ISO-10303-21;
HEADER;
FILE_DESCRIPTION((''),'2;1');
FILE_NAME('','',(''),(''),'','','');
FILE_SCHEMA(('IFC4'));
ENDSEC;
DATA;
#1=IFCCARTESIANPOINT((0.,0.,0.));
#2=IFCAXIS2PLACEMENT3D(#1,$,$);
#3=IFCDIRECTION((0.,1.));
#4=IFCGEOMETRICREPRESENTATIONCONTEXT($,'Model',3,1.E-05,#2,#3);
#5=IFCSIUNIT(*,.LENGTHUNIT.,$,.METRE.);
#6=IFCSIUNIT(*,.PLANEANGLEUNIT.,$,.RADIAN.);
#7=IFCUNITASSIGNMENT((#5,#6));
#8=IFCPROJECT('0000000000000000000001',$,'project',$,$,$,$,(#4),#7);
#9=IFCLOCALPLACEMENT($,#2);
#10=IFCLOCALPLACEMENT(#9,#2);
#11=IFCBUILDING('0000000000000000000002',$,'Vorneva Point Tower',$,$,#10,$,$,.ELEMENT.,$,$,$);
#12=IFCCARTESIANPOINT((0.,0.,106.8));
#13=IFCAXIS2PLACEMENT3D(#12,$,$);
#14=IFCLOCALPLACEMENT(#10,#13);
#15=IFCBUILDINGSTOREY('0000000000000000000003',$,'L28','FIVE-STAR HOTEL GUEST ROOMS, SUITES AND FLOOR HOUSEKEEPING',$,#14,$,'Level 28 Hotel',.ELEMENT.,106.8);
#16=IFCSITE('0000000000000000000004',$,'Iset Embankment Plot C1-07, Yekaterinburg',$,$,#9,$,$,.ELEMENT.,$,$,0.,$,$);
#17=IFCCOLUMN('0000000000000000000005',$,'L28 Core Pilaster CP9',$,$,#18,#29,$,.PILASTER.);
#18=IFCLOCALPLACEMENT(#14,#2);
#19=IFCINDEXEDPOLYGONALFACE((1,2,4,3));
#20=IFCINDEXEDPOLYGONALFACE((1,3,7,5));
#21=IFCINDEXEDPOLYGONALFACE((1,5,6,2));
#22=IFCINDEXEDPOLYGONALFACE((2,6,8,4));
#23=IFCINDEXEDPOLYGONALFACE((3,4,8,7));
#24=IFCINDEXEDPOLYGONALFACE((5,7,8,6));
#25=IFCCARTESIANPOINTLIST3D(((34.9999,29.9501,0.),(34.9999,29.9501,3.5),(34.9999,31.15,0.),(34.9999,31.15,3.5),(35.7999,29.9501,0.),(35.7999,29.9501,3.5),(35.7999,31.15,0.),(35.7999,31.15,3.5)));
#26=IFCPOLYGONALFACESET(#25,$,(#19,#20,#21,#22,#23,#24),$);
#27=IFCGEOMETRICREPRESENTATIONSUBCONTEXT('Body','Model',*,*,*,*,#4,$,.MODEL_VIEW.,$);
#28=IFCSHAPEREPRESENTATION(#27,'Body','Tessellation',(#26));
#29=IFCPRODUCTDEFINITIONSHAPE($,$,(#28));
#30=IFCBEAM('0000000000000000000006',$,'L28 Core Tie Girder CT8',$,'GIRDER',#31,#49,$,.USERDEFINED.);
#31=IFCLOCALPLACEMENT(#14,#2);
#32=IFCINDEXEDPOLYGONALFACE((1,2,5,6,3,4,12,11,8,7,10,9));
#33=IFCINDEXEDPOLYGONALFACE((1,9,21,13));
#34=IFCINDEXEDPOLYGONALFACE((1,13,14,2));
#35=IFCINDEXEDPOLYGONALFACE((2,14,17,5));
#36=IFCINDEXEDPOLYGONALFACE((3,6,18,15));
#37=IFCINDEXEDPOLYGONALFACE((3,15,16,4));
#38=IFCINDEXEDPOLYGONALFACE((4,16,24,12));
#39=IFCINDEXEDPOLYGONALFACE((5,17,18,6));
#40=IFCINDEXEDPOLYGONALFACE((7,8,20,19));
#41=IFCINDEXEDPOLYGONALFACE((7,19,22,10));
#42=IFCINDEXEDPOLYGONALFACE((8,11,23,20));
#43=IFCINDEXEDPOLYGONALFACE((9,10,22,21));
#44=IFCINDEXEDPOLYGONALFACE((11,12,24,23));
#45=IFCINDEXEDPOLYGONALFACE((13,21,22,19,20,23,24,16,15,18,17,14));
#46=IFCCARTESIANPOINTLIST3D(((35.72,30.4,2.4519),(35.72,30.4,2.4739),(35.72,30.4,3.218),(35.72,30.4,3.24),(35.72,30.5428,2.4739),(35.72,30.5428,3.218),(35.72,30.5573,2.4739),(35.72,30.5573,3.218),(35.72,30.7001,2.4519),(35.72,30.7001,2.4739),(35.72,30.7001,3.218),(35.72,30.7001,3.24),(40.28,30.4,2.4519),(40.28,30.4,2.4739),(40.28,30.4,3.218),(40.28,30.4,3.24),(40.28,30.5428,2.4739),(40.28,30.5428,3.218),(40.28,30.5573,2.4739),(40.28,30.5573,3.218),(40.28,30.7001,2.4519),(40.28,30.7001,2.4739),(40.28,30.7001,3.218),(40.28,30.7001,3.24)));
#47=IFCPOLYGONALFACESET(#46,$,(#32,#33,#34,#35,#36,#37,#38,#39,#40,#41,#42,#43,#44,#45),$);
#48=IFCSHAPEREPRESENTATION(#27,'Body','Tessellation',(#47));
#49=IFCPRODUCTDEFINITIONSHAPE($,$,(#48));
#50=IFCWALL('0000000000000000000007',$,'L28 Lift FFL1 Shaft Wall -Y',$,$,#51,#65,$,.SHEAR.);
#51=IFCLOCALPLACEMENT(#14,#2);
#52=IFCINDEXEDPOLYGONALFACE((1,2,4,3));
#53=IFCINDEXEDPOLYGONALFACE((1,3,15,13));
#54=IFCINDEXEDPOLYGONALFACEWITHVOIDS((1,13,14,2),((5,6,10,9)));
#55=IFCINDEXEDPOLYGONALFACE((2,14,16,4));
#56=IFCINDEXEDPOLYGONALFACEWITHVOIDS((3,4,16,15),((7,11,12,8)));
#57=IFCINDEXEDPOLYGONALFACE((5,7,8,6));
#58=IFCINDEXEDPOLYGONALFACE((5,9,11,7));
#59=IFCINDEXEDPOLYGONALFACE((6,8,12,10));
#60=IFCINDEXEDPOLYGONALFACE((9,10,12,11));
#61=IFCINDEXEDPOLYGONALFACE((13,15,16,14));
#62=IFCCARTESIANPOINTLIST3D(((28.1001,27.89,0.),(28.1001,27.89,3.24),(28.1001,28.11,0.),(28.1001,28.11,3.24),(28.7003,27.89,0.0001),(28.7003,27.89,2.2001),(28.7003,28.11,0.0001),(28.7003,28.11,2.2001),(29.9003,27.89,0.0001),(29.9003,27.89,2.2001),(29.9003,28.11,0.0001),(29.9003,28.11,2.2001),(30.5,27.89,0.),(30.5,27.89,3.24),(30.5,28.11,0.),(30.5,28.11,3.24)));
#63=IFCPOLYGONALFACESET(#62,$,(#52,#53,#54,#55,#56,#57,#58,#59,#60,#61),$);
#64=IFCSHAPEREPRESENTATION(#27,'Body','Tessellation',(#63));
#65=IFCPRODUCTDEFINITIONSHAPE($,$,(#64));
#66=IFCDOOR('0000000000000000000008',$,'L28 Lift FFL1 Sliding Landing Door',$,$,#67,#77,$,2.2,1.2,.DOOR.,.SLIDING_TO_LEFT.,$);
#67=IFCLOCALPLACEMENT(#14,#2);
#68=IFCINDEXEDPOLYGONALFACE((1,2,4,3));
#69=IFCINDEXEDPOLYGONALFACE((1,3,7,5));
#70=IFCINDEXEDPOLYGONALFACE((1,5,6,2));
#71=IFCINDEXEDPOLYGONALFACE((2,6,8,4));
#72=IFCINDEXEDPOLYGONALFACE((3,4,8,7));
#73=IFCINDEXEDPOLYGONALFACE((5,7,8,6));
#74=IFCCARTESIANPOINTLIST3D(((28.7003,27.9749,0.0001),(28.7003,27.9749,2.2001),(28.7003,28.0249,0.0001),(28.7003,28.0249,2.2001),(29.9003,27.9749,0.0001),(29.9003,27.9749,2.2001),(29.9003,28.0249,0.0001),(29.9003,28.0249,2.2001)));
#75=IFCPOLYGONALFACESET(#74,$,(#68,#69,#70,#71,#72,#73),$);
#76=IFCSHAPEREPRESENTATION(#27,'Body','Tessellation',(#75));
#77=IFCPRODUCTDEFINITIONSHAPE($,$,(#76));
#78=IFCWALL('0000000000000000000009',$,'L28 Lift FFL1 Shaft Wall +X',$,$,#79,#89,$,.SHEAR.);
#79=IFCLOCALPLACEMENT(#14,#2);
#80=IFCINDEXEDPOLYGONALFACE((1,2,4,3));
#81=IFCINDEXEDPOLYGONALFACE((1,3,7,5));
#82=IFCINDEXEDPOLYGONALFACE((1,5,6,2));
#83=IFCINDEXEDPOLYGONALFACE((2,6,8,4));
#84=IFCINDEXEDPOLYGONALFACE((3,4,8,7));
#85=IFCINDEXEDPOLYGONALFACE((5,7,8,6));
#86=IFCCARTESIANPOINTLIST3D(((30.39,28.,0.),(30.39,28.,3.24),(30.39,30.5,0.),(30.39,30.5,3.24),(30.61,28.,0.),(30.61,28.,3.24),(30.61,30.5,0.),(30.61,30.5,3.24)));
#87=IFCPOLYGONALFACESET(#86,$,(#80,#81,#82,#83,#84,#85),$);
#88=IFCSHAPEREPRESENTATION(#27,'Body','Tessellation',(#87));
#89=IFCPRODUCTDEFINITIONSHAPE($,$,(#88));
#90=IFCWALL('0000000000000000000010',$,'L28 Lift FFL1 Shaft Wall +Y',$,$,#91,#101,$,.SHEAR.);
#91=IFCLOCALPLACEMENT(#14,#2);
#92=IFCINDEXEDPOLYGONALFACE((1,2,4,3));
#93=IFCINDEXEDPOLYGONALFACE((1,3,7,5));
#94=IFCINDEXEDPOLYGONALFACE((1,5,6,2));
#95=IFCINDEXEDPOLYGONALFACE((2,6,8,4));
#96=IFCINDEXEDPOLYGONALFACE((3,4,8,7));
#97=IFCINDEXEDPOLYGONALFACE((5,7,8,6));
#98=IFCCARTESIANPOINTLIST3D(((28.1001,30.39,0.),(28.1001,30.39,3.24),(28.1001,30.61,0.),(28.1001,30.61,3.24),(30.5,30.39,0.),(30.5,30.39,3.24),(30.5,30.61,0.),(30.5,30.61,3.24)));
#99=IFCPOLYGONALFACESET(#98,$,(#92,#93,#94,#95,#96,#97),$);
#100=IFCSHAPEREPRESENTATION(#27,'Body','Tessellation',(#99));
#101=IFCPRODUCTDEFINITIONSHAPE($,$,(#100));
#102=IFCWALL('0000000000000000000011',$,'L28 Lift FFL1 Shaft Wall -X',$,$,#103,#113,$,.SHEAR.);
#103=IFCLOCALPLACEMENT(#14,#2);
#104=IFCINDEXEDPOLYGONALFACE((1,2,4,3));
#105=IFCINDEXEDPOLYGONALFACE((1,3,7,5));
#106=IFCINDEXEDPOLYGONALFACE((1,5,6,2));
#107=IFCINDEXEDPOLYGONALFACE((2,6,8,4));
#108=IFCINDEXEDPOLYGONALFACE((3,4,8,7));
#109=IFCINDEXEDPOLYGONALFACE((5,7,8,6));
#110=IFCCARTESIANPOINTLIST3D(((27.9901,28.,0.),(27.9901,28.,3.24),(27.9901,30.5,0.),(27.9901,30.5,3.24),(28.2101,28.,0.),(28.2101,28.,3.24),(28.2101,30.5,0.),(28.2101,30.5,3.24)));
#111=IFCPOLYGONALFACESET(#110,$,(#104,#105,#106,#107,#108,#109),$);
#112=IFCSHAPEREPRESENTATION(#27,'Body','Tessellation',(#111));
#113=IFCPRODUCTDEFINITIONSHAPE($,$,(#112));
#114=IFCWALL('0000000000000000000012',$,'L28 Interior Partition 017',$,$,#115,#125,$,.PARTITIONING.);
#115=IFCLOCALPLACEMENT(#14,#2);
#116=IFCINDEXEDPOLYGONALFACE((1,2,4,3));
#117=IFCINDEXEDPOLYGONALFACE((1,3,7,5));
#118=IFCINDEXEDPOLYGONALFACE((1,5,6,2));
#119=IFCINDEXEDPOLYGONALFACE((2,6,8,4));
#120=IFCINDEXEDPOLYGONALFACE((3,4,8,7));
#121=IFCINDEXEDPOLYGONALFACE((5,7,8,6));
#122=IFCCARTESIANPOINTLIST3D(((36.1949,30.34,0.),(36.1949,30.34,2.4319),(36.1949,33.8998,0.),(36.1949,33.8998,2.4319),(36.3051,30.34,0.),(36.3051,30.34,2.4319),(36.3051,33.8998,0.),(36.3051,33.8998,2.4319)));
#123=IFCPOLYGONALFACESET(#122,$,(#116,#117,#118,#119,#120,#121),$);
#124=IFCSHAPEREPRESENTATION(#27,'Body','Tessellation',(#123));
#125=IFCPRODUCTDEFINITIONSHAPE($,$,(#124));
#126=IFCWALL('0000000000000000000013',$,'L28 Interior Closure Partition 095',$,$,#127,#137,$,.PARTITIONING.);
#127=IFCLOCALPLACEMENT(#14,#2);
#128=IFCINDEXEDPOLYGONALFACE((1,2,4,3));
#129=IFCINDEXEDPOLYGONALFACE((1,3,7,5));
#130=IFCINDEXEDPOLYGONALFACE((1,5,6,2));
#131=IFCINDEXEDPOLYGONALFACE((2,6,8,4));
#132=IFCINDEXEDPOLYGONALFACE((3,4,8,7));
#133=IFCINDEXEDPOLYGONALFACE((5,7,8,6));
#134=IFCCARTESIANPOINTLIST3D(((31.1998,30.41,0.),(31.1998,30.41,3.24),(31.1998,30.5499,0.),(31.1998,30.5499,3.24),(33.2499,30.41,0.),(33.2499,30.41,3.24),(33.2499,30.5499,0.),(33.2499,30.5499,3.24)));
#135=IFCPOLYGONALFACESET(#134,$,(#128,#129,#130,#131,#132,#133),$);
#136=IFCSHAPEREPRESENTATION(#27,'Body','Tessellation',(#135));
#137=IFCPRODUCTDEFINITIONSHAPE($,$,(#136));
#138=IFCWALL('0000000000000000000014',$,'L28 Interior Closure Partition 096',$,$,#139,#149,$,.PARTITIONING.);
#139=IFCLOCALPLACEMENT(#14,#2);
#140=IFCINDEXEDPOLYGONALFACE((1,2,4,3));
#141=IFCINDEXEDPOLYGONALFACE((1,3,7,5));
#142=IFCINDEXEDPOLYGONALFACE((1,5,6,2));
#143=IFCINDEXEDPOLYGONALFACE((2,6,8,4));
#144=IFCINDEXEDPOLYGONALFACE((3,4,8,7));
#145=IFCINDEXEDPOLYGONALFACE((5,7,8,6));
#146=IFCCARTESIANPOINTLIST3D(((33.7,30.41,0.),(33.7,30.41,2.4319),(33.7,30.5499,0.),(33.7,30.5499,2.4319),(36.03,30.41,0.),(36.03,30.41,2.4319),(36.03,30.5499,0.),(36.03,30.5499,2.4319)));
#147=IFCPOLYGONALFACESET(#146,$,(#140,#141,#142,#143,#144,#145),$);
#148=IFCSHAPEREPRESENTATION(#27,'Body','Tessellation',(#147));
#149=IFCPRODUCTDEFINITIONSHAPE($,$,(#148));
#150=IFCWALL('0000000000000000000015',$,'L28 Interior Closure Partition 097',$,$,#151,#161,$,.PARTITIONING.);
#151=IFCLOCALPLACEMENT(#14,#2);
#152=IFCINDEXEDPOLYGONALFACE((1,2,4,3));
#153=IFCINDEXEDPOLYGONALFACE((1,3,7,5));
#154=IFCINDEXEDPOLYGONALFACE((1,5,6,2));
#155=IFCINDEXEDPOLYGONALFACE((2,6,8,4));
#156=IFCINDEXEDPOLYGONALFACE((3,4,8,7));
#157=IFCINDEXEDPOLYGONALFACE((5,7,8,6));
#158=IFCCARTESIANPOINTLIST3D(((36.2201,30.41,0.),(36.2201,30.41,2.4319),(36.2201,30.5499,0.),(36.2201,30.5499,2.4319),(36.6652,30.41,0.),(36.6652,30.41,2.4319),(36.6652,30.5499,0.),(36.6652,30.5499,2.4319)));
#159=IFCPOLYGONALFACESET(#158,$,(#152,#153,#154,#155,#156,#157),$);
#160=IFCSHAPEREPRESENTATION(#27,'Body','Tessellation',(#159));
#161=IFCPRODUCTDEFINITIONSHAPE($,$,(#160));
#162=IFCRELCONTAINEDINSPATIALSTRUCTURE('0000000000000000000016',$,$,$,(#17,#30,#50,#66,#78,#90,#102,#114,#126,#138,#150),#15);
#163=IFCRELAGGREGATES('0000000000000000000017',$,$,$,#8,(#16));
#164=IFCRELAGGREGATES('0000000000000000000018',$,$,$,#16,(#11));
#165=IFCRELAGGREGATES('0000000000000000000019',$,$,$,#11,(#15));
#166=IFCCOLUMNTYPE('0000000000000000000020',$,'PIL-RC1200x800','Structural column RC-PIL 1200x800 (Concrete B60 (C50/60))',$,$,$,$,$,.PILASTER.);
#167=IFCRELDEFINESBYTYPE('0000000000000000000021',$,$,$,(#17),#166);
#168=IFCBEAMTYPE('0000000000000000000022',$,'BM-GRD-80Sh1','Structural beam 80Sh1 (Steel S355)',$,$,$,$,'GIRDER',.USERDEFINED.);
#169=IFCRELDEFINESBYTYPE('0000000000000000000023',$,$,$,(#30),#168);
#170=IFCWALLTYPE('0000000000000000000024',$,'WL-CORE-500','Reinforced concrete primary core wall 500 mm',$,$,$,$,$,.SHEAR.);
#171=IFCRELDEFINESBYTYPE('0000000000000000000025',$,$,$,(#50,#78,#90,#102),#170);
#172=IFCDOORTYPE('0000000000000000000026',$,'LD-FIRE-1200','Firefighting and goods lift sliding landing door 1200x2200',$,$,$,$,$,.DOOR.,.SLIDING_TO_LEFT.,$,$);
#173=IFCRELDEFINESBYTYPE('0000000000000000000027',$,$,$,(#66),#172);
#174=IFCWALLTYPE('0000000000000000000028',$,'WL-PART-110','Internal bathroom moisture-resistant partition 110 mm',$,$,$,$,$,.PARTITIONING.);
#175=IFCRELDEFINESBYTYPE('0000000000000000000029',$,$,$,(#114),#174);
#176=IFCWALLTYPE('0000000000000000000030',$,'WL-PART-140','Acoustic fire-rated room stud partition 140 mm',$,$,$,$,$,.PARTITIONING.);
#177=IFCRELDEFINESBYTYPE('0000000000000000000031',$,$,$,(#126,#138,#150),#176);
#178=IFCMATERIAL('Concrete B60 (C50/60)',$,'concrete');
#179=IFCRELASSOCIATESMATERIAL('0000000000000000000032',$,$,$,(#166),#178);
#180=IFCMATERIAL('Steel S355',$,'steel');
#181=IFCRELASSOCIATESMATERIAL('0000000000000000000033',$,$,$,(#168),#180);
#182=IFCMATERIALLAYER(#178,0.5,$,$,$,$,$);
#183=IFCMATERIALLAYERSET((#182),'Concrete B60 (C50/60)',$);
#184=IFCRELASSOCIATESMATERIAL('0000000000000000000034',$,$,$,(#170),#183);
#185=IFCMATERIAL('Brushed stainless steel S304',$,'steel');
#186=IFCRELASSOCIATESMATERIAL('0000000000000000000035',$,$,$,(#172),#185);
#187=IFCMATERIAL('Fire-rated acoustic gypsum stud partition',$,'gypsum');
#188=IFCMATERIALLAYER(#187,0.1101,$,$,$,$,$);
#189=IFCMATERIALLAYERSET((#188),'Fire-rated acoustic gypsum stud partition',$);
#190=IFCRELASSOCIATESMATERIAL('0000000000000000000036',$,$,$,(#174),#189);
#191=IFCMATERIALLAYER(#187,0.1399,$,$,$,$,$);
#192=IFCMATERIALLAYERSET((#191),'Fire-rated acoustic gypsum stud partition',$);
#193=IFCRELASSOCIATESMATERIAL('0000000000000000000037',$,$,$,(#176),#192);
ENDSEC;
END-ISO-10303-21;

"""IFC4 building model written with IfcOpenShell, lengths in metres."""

from ifc_helpers import new_model, si_unit, direction, frame, frame_2d, origin, origin_2d, place, context, subcontext, project, spatial, rectangle, i_section, extrude, material, layer, layer_set, material_profile, profile_set, type_object, element, fill, save


model = new_model("IFC4")

# Units and contexts
model_context = context("Model", 3, precision=1e-05, world=origin(), true_north=direction((0.0, 1.0)))
body_context = subcontext(model_context, "Body", "Model", "MODEL_VIEW")
ifc_project = project(units=[si_unit("LENGTHUNIT", "METRE"), si_unit("PLANEANGLEUNIT", "RADIAN")], contexts=[model_context])

# Site, building, storey
site_placement = place(None, origin())
site = spatial("IfcSite", under=ifc_project, at=site_placement, Name="Iset Embankment Plot C1-07, Yekaterinburg", CompositionType="ELEMENT", RefElevation=0.0)
building_placement = place(site_placement, origin())
building = spatial("IfcBuilding", under=site, at=building_placement, Name="Vorneva Point Tower", CompositionType="ELEMENT")
storey_placement = place(building_placement, frame((0.0, 0.0, 106.8)))
storey = spatial("IfcBuildingStorey", under=building, at=storey_placement, Name="L28", Description="FIVE-STAR HOTEL GUEST ROOMS, SUITES AND FLOOR HOUSEKEEPING", LongName="Level 28 Hotel", CompositionType="ELEMENT", Elevation=106.8)

# Column
ifc_material_1 = material(Name="Concrete B60 (C50/60)", Category="concrete")
ifc_material_profile_1 = material_profile(ifc_material_1, rectangle(XDim=0.8, YDim=1.2, at=origin_2d()), Name="RC-PIL 1200x800")
ifc_profile_set_1 = profile_set([ifc_material_profile_1], Name="Concrete B60 (C50/60)")
column_type = type_object("IfcColumnType", Name="PIL-RC1200x800", Description="Structural column RC-PIL 1200x800 (Concrete B60 (C50/60))", PredefinedType="PILASTER", material=ifc_profile_set_1)
column_placement = place(storey_placement, frame((35.3999, 30.55, 0.0), z_axis=(0.0, 0.0, 1.0), x_axis=(1.0, 0.0, 0.0)))
element("IfcColumn", 1, at=column_placement, inside=storey, type_object=column_type, Name="L28 Core Pilaster CP9", PredefinedType="PILASTER", context=body_context, shape_type="SweptSolid", body=[
    extrude(rectangle(XDim=0.8, YDim=1.2, at=origin_2d()), origin(), (0.0, 0.0, 1.0), 3.5),
])

# Beam
ifc_material_2 = material(Name="Steel S355", Category="steel")
ifc_material_profile_2 = material_profile(ifc_material_2, i_section(OverallWidth=0.3, OverallDepth=0.7881, WebThickness=0.0144, FlangeThickness=0.022, at=origin_2d()), Name="80Sh1")
ifc_profile_set_2 = profile_set([ifc_material_profile_2], Name="Steel S355")
beam_type = type_object("IfcBeamType", Name="BM-GRD-80Sh1", Description="Structural beam 80Sh1 (Steel S355)", ElementType="GIRDER", PredefinedType="USERDEFINED", material=ifc_profile_set_2)
beam_placement = place(storey_placement, frame((35.72, 30.55, 2.8459), z_axis=(1.0, 0.0, 0.0), x_axis=(0.0, 1.0, 0.0)))
element("IfcBeam", 2, at=beam_placement, inside=storey, type_object=beam_type, Name="L28 Core Tie Girder CT8", ObjectType="GIRDER", PredefinedType="USERDEFINED", context=body_context, shape_type="SweptSolid", body=[
    extrude(i_section(OverallWidth=0.3, OverallDepth=0.7881, WebThickness=0.0144, FlangeThickness=0.022, at=origin_2d()), origin(), (0.0, 0.0, 1.0), 4.5601),
])

# Wall, opening, door
ifc_layer_1 = layer(ifc_material_1, 0.5)
ifc_layer_set_1 = layer_set([ifc_layer_1], Name="Concrete B60 (C50/60)")
wall_type_1 = type_object("IfcWallType", Name="WL-CORE-500", Description="Reinforced concrete primary core wall 500 mm", PredefinedType="SHEAR", material=ifc_layer_set_1)
wall_1_placement = place(storey_placement, frame((28.1001, 28.0, 0.0), z_axis=(0.0, 0.0, 1.0), x_axis=(1.0, 0.0, 0.0)))
wall_1 = element("IfcWall", 3, at=wall_1_placement, inside=storey, type_object=wall_type_1, Name="L28 Lift FFL1 Shaft Wall -Y", PredefinedType="SHEAR", context=body_context, shape_type="SweptSolid", body=[
    extrude(rectangle(XDim=2.3999, YDim=0.22, at=frame_2d((1.2, 0.0))), origin(), (0.0, 0.0, 1.0), 3.24),
])
opening_1_placement = place(wall_1_placement, frame((0.6001, 0.0, 0.0)))
opening_1 = element("IfcOpeningElement", 4, at=opening_1_placement, cuts=wall_1, PredefinedType="OPENING", context=body_context, shape_type="SweptSolid", body=[
    extrude(rectangle(XDim=1.2, YDim=2.2, at=frame_2d((0.6001, 1.1001))), frame((0.0, 0.125, 0.0), z_axis=(0.0, -1.0, 0.0), x_axis=(1.0, 0.0, 0.0)), (0.0, 0.0, 1.0), 0.2498),
])
ifc_material_3 = material(Name="Brushed stainless steel S304", Category="steel")
door_type_1 = type_object("IfcDoorType", Name="LD-FIRE-1200", Description="Firefighting and goods lift sliding landing door 1200x2200", OperationType="SLIDING_TO_LEFT", PredefinedType="DOOR", material=ifc_material_3)
door_1_placement = place(opening_1_placement, origin())
door_1 = element("IfcDoor", 5, at=door_1_placement, inside=storey, type_object=door_type_1, Name="L28 Lift FFL1 Sliding Landing Door", OperationType="SLIDING_TO_LEFT", OverallHeight=2.2, OverallWidth=1.2, PredefinedType="DOOR", context=body_context, shape_type="SweptSolid", body=[
    extrude(rectangle(XDim=1.2, YDim=2.2, at=frame_2d((0.6001, 1.1001))), frame((0.0, 0.0249, 0.0), z_axis=(0.0, -1.0, 0.0), x_axis=(1.0, 0.0, 0.0)), (0.0, 0.0, 1.0), 0.05),
])
fill(opening_1, door_1)

# Walls
wall_2_placement = place(storey_placement, frame((30.5, 28.0, 0.0), z_axis=(0.0, 0.0, 1.0), x_axis=(0.0, 1.0, 0.0)))
element("IfcWall", 6, at=wall_2_placement, inside=storey, type_object=wall_type_1, Name="L28 Lift FFL1 Shaft Wall +X", PredefinedType="SHEAR", context=body_context, shape_type="SweptSolid", body=[
    extrude(rectangle(XDim=2.5, YDim=0.22, at=frame_2d((1.25, 0.0))), origin(), (0.0, 0.0, 1.0), 3.24),
])
wall_3_placement = place(storey_placement, frame((30.5, 30.5, 0.0), z_axis=(0.0, 0.0, 1.0), x_axis=(-1.0, 0.0, 0.0)))
element("IfcWall", 7, at=wall_3_placement, inside=storey, type_object=wall_type_1, Name="L28 Lift FFL1 Shaft Wall +Y", PredefinedType="SHEAR", context=body_context, shape_type="SweptSolid", body=[
    extrude(rectangle(XDim=2.3999, YDim=0.22, at=frame_2d((1.2, 0.0))), origin(), (0.0, 0.0, 1.0), 3.24),
])
wall_4_placement = place(storey_placement, frame((28.1001, 30.5, 0.0), z_axis=(0.0, 0.0, 1.0), x_axis=(0.0, -1.0, 0.0)))
element("IfcWall", 8, at=wall_4_placement, inside=storey, type_object=wall_type_1, Name="L28 Lift FFL1 Shaft Wall -X", PredefinedType="SHEAR", context=body_context, shape_type="SweptSolid", body=[
    extrude(rectangle(XDim=2.5, YDim=0.22, at=frame_2d((1.25, 0.0))), origin(), (0.0, 0.0, 1.0), 3.24),
])
ifc_material_4 = material(Name="Fire-rated acoustic gypsum stud partition", Category="gypsum")
ifc_layer_2 = layer(ifc_material_4, 0.1101)
ifc_layer_set_2 = layer_set([ifc_layer_2], Name="Fire-rated acoustic gypsum stud partition")
wall_type_2 = type_object("IfcWallType", Name="WL-PART-110", Description="Internal bathroom moisture-resistant partition 110 mm", PredefinedType="PARTITIONING", material=ifc_layer_set_2)
wall_5_placement = place(storey_placement, frame((36.25, 30.3401, 0.0), z_axis=(0.0, 0.0, 1.0), x_axis=(0.0, 1.0, 0.0)))
element("IfcWall", 9, at=wall_5_placement, inside=storey, type_object=wall_type_2, Name="L28 Interior Partition 017", PredefinedType="PARTITIONING", context=body_context, shape_type="SweptSolid", body=[
    extrude(rectangle(XDim=3.5598, YDim=0.1101, at=frame_2d((1.7798, 0.0))), origin(), (0.0, 0.0, 1.0), 2.4319),
])
ifc_layer_3 = layer(ifc_material_4, 0.1399)
ifc_layer_set_3 = layer_set([ifc_layer_3], Name="Fire-rated acoustic gypsum stud partition")
wall_type_3 = type_object("IfcWallType", Name="WL-PART-140", Description="Acoustic fire-rated room stud partition 140 mm", PredefinedType="PARTITIONING", material=ifc_layer_set_3)
wall_6_placement = place(storey_placement, frame((31.2, 30.48, 0.0), z_axis=(0.0, 0.0, 1.0), x_axis=(1.0, 0.0, 0.0)))
element("IfcWall", 10, at=wall_6_placement, inside=storey, type_object=wall_type_3, Name="L28 Interior Closure Partition 095", PredefinedType="PARTITIONING", context=body_context, shape_type="SweptSolid", body=[
    extrude(rectangle(XDim=2.05, YDim=0.1399, at=frame_2d((1.0249, 0.0))), origin(), (0.0, 0.0, 1.0), 3.24),
])
wall_7_placement = place(storey_placement, frame((33.7, 30.48, 0.0), z_axis=(0.0, 0.0, 1.0), x_axis=(1.0, 0.0, 0.0)))
element("IfcWall", 11, at=wall_7_placement, inside=storey, type_object=wall_type_3, Name="L28 Interior Closure Partition 096", PredefinedType="PARTITIONING", context=body_context, shape_type="SweptSolid", body=[
    extrude(rectangle(XDim=2.3301, YDim=0.1399, at=frame_2d((1.165, 0.0))), origin(), (0.0, 0.0, 1.0), 2.4319),
])
wall_8_placement = place(storey_placement, frame((36.22, 30.48, 0.0), z_axis=(0.0, 0.0, 1.0), x_axis=(1.0, 0.0, 0.0)))
element("IfcWall", 12, at=wall_8_placement, inside=storey, type_object=wall_type_3, Name="L28 Interior Closure Partition 097", PredefinedType="PARTITIONING", context=body_context, shape_type="SweptSolid", body=[
    extrude(rectangle(XDim=0.4451, YDim=0.1399, at=frame_2d((0.2227, 0.0))), origin(), (0.0, 0.0, 1.0), 2.4319),
])

save(model, "model.ifc")
